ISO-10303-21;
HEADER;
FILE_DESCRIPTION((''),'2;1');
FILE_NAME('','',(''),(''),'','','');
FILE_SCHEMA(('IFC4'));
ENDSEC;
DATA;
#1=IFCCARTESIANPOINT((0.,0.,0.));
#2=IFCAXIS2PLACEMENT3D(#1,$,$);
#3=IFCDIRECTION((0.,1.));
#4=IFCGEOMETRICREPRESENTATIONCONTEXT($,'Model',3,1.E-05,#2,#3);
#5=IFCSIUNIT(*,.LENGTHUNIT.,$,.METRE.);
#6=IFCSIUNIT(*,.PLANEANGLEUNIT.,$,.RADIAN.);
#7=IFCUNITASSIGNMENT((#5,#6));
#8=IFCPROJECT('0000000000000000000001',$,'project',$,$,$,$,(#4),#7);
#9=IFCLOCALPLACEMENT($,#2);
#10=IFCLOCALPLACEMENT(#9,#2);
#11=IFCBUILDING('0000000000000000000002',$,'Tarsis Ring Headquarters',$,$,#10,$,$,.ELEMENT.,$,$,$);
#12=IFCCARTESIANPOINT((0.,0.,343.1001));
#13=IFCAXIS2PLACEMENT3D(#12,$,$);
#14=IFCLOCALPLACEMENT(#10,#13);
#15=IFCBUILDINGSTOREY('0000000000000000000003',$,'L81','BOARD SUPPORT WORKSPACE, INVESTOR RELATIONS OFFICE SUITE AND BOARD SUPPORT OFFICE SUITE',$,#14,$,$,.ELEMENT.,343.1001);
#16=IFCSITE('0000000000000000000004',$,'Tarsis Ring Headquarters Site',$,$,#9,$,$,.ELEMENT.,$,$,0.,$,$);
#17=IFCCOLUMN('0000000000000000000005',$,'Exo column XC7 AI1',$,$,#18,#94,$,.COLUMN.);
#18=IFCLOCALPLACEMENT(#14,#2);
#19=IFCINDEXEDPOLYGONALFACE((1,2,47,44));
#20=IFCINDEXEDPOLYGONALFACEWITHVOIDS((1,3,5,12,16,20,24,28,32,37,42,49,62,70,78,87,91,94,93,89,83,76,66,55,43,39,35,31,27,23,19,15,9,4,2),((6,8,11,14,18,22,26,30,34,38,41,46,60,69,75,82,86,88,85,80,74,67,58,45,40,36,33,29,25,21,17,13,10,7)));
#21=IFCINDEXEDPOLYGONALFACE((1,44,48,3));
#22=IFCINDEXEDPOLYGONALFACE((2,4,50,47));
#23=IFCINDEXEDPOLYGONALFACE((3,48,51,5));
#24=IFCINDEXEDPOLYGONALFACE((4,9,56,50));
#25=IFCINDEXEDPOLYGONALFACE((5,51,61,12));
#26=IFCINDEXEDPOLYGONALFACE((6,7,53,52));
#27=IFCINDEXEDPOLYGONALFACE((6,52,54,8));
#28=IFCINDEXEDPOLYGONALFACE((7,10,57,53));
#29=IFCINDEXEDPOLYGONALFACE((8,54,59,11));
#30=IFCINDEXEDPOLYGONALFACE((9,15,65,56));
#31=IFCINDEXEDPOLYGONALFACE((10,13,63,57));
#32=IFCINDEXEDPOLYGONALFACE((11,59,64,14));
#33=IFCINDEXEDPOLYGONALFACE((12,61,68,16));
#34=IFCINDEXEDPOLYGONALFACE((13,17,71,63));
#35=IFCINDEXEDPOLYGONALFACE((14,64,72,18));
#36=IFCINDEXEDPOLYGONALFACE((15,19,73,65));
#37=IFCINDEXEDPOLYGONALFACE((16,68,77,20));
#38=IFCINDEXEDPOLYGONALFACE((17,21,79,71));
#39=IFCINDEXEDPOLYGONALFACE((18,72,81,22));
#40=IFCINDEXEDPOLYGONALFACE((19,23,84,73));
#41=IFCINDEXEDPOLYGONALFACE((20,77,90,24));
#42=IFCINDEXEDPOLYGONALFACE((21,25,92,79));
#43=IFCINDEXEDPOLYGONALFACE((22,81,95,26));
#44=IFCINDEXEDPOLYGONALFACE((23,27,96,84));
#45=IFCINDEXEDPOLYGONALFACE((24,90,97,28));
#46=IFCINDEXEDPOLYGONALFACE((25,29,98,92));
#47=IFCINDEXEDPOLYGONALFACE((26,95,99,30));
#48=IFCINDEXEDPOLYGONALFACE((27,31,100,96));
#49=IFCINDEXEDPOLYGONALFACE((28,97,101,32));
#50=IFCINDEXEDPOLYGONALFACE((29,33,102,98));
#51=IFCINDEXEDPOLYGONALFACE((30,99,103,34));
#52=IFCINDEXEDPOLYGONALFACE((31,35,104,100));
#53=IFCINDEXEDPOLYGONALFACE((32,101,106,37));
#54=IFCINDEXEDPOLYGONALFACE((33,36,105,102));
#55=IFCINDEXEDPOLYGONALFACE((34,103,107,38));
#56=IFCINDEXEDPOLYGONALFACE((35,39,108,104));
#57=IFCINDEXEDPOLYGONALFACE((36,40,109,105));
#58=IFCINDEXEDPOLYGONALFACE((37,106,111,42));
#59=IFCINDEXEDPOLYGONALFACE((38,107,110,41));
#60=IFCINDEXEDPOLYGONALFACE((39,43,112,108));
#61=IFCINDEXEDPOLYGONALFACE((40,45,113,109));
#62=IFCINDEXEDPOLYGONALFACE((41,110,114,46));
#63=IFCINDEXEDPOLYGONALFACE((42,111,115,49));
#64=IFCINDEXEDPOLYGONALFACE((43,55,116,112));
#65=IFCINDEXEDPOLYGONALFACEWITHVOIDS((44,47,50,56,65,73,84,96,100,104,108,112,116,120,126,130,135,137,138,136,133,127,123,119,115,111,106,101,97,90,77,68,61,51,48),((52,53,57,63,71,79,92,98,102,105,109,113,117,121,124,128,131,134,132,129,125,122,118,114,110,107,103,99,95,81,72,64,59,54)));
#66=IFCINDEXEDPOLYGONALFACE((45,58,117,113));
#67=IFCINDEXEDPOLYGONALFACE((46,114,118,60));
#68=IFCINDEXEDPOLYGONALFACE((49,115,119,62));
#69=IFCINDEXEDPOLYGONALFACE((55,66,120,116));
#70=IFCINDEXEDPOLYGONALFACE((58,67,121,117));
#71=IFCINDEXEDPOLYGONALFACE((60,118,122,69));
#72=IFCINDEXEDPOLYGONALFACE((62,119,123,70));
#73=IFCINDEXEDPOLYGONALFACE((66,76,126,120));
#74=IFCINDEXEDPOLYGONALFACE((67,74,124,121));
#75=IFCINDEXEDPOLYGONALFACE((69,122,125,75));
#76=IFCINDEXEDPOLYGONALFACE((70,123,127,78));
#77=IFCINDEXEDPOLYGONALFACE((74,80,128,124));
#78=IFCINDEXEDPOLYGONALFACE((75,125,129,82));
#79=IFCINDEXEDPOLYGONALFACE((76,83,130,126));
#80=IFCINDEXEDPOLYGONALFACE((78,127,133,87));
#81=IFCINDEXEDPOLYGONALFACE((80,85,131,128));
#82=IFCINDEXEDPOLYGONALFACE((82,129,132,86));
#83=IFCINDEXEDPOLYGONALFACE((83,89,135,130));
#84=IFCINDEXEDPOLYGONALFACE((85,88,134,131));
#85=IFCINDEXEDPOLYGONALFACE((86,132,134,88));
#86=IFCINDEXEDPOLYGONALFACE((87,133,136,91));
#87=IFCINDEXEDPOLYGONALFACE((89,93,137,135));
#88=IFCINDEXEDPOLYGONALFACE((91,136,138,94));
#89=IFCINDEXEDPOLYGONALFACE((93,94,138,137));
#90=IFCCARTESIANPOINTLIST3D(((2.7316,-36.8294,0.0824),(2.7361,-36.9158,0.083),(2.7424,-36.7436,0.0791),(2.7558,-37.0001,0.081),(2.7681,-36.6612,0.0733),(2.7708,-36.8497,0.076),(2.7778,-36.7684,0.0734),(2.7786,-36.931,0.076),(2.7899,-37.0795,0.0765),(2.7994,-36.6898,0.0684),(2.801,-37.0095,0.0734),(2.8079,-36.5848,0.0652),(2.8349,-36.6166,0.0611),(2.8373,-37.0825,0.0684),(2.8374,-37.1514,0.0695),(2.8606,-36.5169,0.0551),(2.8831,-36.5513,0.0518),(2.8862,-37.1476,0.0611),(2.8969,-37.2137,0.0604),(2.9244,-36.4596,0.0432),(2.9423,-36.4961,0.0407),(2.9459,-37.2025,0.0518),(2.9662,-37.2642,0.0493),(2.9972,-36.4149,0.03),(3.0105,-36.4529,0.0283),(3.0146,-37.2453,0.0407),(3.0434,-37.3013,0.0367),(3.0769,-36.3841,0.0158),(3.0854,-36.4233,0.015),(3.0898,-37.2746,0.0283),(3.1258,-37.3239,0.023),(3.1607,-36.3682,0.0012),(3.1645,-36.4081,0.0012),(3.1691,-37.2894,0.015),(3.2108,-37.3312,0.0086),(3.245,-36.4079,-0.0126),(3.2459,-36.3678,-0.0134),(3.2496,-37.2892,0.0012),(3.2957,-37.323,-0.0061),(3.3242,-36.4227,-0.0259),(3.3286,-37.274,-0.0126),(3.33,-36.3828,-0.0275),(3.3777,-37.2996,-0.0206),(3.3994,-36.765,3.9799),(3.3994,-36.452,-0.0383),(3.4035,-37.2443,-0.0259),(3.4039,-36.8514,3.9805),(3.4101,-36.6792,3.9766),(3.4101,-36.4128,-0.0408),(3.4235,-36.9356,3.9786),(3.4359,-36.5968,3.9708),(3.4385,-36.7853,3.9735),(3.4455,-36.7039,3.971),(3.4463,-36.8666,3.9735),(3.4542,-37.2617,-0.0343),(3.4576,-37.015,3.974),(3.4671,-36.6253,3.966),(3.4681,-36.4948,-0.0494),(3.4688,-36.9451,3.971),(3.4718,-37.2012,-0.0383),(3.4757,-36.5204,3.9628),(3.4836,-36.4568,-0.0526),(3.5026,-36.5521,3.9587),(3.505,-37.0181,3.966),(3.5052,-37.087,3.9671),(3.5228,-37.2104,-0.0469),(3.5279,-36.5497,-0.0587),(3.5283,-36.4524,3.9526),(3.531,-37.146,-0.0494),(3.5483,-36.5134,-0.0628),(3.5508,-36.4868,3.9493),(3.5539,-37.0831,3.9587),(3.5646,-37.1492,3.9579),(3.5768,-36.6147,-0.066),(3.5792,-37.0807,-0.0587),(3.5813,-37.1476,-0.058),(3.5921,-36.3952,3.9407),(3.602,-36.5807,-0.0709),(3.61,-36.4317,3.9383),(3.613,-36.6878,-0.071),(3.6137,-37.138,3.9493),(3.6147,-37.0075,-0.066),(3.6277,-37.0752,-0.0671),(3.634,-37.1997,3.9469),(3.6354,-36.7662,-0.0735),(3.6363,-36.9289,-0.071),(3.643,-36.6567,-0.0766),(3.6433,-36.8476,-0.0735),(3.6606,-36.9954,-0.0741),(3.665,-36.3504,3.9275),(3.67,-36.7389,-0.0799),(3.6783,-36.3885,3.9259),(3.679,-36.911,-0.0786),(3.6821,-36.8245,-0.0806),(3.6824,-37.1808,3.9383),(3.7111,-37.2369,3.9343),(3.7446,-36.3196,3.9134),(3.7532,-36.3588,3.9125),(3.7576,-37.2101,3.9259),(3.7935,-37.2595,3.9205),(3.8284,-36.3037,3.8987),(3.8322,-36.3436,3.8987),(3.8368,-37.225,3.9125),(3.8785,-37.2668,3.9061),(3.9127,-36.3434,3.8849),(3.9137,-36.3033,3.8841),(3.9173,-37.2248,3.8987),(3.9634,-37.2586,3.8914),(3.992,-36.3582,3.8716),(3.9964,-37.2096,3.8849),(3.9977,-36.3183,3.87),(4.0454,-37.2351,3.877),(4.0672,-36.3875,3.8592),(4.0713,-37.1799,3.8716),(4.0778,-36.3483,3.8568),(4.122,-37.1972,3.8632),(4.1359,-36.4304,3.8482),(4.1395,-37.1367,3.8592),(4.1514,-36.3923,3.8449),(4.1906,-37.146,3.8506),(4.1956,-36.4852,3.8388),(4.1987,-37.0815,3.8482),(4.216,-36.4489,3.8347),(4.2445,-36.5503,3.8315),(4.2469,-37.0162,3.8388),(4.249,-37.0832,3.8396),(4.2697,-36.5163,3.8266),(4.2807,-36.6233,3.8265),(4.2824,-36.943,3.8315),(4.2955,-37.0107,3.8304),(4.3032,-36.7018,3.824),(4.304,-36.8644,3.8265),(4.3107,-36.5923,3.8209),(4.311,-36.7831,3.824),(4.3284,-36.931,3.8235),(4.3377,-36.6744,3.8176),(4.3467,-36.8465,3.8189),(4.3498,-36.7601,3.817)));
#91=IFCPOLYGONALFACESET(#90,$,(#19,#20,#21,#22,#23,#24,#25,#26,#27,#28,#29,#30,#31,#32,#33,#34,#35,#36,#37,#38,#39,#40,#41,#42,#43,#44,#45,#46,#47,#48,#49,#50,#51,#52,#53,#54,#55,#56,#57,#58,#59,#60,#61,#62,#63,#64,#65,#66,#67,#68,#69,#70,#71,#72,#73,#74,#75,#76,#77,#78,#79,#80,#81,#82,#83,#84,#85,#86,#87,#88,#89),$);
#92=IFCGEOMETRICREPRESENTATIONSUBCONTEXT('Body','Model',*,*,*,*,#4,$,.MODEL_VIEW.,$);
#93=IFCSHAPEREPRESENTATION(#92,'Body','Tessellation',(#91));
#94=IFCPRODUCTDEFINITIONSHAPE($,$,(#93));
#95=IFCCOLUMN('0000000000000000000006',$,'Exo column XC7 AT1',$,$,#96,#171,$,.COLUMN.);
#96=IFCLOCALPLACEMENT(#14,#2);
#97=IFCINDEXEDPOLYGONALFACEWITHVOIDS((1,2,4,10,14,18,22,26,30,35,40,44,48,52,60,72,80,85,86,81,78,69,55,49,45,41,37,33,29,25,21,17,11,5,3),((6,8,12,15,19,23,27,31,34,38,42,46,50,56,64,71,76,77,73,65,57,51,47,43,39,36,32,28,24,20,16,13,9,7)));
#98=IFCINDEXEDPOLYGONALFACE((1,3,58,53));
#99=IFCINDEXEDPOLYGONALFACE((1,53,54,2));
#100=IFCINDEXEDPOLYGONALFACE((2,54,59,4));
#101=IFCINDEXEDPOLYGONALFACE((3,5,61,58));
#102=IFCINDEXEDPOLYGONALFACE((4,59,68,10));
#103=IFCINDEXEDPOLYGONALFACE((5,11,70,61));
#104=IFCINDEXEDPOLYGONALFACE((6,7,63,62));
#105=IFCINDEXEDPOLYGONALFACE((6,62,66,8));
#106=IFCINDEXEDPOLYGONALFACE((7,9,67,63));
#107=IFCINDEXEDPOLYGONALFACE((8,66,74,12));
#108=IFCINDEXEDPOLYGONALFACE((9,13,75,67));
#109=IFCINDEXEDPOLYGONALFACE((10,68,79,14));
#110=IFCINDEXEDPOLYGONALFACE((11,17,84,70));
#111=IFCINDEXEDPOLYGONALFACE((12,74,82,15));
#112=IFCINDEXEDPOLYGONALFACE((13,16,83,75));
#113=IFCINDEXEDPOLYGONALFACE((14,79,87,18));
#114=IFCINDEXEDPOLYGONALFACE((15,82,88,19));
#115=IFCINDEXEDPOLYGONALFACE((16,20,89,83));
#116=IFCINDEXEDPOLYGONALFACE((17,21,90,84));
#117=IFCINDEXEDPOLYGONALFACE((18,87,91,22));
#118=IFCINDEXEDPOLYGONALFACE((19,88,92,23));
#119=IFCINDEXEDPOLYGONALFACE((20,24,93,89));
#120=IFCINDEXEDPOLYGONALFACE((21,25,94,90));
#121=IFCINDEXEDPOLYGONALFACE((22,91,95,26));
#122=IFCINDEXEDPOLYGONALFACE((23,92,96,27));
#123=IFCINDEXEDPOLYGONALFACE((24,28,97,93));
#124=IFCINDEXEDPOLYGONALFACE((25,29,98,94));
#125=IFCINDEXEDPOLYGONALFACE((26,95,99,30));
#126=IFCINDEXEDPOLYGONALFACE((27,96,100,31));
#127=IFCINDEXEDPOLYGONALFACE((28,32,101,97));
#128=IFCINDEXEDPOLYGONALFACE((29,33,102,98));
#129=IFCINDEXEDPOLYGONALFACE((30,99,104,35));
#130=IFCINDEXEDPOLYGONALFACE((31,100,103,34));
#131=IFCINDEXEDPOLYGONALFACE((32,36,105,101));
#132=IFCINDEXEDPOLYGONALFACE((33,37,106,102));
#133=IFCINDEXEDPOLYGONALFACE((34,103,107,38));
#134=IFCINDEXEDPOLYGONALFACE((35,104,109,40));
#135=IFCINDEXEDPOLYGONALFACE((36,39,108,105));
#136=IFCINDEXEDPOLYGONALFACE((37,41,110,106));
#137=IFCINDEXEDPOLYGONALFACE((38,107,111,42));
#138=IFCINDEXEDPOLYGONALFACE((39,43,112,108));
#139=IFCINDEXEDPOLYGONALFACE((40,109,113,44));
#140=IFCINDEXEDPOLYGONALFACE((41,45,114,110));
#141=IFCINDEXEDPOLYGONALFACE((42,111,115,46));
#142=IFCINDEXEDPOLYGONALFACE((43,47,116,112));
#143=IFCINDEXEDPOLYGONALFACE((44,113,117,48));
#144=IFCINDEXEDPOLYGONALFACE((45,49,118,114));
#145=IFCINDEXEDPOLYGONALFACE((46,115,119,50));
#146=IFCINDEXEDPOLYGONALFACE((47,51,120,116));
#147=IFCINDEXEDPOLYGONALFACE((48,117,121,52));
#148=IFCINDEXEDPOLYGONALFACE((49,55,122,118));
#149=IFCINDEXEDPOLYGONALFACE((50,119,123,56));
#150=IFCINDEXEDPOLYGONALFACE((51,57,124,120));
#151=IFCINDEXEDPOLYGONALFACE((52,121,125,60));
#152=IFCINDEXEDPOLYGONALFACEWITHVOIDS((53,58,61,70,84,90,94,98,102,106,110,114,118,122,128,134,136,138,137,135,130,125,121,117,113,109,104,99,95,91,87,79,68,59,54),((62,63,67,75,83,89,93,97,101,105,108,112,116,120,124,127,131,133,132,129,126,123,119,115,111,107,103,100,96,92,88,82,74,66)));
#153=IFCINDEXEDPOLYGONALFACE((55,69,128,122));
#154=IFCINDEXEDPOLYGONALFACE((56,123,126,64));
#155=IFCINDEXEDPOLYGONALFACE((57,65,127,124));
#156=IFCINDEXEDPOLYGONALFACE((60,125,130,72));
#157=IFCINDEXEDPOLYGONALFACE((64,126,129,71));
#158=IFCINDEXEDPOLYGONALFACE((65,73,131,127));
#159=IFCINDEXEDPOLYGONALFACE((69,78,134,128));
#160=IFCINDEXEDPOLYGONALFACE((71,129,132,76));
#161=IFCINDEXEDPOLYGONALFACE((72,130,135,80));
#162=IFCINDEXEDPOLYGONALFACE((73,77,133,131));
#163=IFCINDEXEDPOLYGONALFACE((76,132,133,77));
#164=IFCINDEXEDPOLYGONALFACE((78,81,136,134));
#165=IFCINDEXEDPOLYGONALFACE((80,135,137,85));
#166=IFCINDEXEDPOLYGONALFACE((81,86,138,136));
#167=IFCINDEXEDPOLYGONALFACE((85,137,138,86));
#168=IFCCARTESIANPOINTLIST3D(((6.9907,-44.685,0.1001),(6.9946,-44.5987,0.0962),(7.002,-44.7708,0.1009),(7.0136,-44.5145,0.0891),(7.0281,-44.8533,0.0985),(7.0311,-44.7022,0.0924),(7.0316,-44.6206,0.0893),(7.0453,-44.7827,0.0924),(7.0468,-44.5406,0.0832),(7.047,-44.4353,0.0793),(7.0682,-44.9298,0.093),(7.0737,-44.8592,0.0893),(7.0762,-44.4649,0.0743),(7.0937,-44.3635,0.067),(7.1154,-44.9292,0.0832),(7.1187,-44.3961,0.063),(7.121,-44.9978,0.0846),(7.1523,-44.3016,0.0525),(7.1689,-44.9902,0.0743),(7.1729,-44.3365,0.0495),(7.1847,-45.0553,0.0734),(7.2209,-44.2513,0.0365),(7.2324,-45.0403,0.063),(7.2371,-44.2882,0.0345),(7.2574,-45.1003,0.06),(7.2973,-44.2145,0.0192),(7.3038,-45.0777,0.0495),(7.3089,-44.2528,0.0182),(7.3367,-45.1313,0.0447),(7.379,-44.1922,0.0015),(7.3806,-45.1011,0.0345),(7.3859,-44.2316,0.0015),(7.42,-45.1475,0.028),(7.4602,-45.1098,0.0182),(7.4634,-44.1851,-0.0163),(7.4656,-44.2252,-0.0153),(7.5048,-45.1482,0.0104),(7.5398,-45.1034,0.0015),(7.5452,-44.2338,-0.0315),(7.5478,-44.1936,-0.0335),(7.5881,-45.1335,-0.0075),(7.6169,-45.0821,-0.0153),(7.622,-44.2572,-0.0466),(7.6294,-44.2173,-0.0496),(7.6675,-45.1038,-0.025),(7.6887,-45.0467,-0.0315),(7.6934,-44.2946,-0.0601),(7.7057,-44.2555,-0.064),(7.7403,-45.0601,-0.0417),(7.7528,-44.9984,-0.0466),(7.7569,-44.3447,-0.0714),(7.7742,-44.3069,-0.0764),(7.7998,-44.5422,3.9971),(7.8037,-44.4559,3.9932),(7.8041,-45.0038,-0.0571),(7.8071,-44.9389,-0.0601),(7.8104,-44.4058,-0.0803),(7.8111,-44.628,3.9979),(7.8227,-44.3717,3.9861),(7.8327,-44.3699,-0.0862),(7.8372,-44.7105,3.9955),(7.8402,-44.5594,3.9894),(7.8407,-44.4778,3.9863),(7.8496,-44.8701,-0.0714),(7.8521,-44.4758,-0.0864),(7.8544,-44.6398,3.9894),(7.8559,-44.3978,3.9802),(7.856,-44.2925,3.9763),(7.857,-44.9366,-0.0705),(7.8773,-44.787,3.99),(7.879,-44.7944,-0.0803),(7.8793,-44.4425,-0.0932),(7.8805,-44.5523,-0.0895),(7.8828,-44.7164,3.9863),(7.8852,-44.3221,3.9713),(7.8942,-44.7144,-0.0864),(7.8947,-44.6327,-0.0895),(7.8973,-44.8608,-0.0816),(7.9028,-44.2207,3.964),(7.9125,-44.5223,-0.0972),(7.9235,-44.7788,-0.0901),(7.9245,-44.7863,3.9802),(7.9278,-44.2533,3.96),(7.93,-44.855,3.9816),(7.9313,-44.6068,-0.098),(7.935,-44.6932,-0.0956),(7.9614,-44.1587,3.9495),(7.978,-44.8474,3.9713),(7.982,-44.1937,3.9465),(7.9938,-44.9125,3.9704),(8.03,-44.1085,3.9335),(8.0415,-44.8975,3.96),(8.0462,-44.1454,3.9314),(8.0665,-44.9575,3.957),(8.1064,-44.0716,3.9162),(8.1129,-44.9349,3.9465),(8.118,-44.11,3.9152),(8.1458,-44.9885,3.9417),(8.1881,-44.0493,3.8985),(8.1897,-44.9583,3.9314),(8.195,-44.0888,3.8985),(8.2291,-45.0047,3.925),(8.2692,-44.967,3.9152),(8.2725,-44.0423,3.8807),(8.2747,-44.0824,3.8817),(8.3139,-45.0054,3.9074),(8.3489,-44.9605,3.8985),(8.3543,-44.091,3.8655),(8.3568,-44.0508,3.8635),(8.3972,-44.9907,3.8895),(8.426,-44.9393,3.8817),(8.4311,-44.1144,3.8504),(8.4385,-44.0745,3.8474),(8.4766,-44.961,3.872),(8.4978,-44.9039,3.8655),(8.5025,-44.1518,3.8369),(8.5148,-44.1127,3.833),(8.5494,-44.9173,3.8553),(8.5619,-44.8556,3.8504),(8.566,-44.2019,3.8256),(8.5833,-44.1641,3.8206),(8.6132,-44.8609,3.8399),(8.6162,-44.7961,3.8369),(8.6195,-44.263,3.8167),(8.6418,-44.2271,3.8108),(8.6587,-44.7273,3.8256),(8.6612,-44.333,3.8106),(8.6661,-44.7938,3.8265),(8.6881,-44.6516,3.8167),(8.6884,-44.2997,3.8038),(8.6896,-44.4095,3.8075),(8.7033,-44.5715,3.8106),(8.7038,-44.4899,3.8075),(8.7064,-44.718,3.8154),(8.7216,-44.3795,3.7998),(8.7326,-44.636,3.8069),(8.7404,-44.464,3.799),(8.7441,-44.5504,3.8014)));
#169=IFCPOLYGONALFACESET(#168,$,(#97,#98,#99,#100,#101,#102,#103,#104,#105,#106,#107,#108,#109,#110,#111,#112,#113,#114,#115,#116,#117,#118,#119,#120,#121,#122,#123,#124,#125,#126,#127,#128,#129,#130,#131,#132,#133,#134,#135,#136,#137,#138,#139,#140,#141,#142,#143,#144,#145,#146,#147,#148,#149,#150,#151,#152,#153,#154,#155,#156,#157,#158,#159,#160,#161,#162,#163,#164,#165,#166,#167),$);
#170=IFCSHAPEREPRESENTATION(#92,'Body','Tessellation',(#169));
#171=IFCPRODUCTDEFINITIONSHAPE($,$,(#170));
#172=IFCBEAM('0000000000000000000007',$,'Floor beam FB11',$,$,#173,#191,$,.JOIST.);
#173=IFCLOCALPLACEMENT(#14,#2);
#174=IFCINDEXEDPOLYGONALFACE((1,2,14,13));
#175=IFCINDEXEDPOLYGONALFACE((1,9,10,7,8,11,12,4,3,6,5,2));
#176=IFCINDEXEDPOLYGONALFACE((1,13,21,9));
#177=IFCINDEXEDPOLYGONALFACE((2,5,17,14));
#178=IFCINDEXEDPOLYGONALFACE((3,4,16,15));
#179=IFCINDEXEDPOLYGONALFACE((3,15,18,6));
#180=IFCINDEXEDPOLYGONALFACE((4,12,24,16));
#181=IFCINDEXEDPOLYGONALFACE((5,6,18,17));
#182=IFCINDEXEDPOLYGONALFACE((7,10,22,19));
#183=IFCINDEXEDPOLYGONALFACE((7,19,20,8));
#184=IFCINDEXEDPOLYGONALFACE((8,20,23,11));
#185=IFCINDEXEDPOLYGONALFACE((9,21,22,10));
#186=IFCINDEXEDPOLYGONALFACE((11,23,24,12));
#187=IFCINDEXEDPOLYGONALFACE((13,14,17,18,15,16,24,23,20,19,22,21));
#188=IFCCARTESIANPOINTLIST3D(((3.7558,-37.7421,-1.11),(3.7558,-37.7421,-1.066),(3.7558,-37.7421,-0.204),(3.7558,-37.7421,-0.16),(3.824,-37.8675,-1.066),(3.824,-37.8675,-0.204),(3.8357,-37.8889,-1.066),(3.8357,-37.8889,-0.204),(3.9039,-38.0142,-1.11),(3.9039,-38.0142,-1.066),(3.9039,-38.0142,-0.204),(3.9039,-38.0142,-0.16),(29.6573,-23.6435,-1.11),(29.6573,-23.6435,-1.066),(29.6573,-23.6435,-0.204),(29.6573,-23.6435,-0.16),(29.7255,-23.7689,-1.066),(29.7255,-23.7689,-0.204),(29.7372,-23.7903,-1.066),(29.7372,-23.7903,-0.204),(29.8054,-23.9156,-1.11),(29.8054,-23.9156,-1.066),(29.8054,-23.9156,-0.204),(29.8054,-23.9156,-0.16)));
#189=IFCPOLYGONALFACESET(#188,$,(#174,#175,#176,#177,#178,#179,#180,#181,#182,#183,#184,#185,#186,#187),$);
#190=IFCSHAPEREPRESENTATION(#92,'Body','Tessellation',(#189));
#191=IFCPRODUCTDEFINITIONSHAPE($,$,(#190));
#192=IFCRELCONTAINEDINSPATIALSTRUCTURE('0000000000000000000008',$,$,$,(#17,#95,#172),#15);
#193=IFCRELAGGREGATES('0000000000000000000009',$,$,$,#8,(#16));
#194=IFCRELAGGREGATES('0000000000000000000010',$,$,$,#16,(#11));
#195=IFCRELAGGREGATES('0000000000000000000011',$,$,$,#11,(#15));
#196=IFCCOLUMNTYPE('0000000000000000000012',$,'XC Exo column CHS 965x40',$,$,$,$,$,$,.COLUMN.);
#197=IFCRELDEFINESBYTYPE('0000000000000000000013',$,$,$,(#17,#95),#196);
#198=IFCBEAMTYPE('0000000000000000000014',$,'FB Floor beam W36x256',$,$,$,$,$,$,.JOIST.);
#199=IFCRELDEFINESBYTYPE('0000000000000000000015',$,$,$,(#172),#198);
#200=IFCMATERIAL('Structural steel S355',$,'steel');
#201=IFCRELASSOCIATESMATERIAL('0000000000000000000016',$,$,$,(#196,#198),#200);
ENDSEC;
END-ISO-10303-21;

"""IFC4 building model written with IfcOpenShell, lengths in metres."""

from ifc_helpers import new_model, si_unit, direction, frame, origin, origin_2d, place, context, subcontext, project, spatial, hollow_circle, i_section, extrude, material, material_profile, profile_set, type_object, element, save


model = new_model("IFC4")

# Units and contexts
model_context = context("Model", 3, precision=1e-05, world=origin(), true_north=direction((0.0, 1.0)))
body_context = subcontext(model_context, "Body", "Model", "MODEL_VIEW")
ifc_project = project(units=[si_unit("LENGTHUNIT", "METRE"), si_unit("PLANEANGLEUNIT", "RADIAN")], contexts=[model_context])

# Site, building, storey
site_placement = place(None, origin())
site = spatial("IfcSite", under=ifc_project, at=site_placement, Name="Tarsis Ring Headquarters Site", CompositionType="ELEMENT", RefElevation=0.0)
building_placement = place(site_placement, origin())
building = spatial("IfcBuilding", under=site, at=building_placement, Name="Tarsis Ring Headquarters", CompositionType="ELEMENT")
storey_placement = place(building_placement, frame((0.0, 0.0, 343.1001)))
storey = spatial("IfcBuildingStorey", under=building, at=storey_placement, Name="L81", Description="BOARD SUPPORT WORKSPACE, INVESTOR RELATIONS OFFICE SUITE AND BOARD SUPPORT OFFICE SUITE", CompositionType="ELEMENT", Elevation=343.1001)

# Columns
ifc_material_1 = material(Name="Structural steel S355", Category="steel")
ifc_material_profile_1 = material_profile(ifc_material_1, hollow_circle(Radius=0.4827, WallThickness=0.04, at=origin_2d()), Name="CHS 965x40")
ifc_profile_set_1 = profile_set([ifc_material_profile_1], Name="Structural steel S355")
column_type = type_object("IfcColumnType", Name="XC Exo column CHS 965x40", PredefinedType="COLUMN", material=ifc_profile_set_1)
column_1_placement = place(storey_placement, frame((3.207, -36.8486, 0.0012), z_axis=(0.16884, 0.016298, 0.985509), x_axis=(-0.09608, 0.995374, 0.0)))
element("IfcColumn", 1, at=column_1_placement, inside=storey, type_object=column_type, Name="Exo column XC7 AI1", PredefinedType="COLUMN", context=body_context, shape_type="SweptSolid", body=[
    extrude(hollow_circle(Radius=0.4827, WallThickness=0.04, at=origin_2d()), origin(), (0.0, 0.0, 1.0), 3.9548),
])
column_2_placement = place(storey_placement, frame((7.4629, -44.6675, 0.0015), z_axis=(0.203152, 0.035861, 0.97849), x_axis=(-0.173836, 0.984775, 0.0)))
element("IfcColumn", 2, at=column_2_placement, inside=storey, type_object=column_type, Name="Exo column XC7 AT1", PredefinedType="COLUMN", context=body_context, shape_type="SweptSolid", body=[
    extrude(hollow_circle(Radius=0.4827, WallThickness=0.04, at=origin_2d()), origin(), (0.0, 0.0, 1.0), 3.9827),
])

# Beam
ifc_material_profile_2 = material_profile(ifc_material_1, i_section(OverallWidth=0.3098, OverallDepth=0.95, WebThickness=0.0244, FlangeThickness=0.0439, at=origin_2d()), Name="W36x256")
ifc_profile_set_2 = profile_set([ifc_material_profile_2], Name="Structural steel S355")
beam_type_1 = type_object("IfcBeamType", Name="FB Floor beam W36x256", PredefinedType="JOIST", material=ifc_profile_set_2)
for number, where, z_axis, x_axis, name in (
    (3, (3.8298, -37.8782, -0.635), (0.878316, 0.47808, 0.0), (-0.47808, 0.878316, 0.0), "Floor beam FB11"),
):
    element("IfcBeam", number, at=place(storey_placement, frame(where, z_axis=z_axis, x_axis=x_axis)), inside=storey, type_object=beam_type_1, Name=name, PredefinedType="JOIST", context=body_context, shape_type="SweptSolid", body=[
        extrude(i_section(OverallWidth=0.3098, OverallDepth=0.95, WebThickness=0.0244, FlangeThickness=0.0439, at=origin_2d()), origin(), (0.0, 0.0, 1.0), 29.49),
    ])

save(model, "model.ifc")
